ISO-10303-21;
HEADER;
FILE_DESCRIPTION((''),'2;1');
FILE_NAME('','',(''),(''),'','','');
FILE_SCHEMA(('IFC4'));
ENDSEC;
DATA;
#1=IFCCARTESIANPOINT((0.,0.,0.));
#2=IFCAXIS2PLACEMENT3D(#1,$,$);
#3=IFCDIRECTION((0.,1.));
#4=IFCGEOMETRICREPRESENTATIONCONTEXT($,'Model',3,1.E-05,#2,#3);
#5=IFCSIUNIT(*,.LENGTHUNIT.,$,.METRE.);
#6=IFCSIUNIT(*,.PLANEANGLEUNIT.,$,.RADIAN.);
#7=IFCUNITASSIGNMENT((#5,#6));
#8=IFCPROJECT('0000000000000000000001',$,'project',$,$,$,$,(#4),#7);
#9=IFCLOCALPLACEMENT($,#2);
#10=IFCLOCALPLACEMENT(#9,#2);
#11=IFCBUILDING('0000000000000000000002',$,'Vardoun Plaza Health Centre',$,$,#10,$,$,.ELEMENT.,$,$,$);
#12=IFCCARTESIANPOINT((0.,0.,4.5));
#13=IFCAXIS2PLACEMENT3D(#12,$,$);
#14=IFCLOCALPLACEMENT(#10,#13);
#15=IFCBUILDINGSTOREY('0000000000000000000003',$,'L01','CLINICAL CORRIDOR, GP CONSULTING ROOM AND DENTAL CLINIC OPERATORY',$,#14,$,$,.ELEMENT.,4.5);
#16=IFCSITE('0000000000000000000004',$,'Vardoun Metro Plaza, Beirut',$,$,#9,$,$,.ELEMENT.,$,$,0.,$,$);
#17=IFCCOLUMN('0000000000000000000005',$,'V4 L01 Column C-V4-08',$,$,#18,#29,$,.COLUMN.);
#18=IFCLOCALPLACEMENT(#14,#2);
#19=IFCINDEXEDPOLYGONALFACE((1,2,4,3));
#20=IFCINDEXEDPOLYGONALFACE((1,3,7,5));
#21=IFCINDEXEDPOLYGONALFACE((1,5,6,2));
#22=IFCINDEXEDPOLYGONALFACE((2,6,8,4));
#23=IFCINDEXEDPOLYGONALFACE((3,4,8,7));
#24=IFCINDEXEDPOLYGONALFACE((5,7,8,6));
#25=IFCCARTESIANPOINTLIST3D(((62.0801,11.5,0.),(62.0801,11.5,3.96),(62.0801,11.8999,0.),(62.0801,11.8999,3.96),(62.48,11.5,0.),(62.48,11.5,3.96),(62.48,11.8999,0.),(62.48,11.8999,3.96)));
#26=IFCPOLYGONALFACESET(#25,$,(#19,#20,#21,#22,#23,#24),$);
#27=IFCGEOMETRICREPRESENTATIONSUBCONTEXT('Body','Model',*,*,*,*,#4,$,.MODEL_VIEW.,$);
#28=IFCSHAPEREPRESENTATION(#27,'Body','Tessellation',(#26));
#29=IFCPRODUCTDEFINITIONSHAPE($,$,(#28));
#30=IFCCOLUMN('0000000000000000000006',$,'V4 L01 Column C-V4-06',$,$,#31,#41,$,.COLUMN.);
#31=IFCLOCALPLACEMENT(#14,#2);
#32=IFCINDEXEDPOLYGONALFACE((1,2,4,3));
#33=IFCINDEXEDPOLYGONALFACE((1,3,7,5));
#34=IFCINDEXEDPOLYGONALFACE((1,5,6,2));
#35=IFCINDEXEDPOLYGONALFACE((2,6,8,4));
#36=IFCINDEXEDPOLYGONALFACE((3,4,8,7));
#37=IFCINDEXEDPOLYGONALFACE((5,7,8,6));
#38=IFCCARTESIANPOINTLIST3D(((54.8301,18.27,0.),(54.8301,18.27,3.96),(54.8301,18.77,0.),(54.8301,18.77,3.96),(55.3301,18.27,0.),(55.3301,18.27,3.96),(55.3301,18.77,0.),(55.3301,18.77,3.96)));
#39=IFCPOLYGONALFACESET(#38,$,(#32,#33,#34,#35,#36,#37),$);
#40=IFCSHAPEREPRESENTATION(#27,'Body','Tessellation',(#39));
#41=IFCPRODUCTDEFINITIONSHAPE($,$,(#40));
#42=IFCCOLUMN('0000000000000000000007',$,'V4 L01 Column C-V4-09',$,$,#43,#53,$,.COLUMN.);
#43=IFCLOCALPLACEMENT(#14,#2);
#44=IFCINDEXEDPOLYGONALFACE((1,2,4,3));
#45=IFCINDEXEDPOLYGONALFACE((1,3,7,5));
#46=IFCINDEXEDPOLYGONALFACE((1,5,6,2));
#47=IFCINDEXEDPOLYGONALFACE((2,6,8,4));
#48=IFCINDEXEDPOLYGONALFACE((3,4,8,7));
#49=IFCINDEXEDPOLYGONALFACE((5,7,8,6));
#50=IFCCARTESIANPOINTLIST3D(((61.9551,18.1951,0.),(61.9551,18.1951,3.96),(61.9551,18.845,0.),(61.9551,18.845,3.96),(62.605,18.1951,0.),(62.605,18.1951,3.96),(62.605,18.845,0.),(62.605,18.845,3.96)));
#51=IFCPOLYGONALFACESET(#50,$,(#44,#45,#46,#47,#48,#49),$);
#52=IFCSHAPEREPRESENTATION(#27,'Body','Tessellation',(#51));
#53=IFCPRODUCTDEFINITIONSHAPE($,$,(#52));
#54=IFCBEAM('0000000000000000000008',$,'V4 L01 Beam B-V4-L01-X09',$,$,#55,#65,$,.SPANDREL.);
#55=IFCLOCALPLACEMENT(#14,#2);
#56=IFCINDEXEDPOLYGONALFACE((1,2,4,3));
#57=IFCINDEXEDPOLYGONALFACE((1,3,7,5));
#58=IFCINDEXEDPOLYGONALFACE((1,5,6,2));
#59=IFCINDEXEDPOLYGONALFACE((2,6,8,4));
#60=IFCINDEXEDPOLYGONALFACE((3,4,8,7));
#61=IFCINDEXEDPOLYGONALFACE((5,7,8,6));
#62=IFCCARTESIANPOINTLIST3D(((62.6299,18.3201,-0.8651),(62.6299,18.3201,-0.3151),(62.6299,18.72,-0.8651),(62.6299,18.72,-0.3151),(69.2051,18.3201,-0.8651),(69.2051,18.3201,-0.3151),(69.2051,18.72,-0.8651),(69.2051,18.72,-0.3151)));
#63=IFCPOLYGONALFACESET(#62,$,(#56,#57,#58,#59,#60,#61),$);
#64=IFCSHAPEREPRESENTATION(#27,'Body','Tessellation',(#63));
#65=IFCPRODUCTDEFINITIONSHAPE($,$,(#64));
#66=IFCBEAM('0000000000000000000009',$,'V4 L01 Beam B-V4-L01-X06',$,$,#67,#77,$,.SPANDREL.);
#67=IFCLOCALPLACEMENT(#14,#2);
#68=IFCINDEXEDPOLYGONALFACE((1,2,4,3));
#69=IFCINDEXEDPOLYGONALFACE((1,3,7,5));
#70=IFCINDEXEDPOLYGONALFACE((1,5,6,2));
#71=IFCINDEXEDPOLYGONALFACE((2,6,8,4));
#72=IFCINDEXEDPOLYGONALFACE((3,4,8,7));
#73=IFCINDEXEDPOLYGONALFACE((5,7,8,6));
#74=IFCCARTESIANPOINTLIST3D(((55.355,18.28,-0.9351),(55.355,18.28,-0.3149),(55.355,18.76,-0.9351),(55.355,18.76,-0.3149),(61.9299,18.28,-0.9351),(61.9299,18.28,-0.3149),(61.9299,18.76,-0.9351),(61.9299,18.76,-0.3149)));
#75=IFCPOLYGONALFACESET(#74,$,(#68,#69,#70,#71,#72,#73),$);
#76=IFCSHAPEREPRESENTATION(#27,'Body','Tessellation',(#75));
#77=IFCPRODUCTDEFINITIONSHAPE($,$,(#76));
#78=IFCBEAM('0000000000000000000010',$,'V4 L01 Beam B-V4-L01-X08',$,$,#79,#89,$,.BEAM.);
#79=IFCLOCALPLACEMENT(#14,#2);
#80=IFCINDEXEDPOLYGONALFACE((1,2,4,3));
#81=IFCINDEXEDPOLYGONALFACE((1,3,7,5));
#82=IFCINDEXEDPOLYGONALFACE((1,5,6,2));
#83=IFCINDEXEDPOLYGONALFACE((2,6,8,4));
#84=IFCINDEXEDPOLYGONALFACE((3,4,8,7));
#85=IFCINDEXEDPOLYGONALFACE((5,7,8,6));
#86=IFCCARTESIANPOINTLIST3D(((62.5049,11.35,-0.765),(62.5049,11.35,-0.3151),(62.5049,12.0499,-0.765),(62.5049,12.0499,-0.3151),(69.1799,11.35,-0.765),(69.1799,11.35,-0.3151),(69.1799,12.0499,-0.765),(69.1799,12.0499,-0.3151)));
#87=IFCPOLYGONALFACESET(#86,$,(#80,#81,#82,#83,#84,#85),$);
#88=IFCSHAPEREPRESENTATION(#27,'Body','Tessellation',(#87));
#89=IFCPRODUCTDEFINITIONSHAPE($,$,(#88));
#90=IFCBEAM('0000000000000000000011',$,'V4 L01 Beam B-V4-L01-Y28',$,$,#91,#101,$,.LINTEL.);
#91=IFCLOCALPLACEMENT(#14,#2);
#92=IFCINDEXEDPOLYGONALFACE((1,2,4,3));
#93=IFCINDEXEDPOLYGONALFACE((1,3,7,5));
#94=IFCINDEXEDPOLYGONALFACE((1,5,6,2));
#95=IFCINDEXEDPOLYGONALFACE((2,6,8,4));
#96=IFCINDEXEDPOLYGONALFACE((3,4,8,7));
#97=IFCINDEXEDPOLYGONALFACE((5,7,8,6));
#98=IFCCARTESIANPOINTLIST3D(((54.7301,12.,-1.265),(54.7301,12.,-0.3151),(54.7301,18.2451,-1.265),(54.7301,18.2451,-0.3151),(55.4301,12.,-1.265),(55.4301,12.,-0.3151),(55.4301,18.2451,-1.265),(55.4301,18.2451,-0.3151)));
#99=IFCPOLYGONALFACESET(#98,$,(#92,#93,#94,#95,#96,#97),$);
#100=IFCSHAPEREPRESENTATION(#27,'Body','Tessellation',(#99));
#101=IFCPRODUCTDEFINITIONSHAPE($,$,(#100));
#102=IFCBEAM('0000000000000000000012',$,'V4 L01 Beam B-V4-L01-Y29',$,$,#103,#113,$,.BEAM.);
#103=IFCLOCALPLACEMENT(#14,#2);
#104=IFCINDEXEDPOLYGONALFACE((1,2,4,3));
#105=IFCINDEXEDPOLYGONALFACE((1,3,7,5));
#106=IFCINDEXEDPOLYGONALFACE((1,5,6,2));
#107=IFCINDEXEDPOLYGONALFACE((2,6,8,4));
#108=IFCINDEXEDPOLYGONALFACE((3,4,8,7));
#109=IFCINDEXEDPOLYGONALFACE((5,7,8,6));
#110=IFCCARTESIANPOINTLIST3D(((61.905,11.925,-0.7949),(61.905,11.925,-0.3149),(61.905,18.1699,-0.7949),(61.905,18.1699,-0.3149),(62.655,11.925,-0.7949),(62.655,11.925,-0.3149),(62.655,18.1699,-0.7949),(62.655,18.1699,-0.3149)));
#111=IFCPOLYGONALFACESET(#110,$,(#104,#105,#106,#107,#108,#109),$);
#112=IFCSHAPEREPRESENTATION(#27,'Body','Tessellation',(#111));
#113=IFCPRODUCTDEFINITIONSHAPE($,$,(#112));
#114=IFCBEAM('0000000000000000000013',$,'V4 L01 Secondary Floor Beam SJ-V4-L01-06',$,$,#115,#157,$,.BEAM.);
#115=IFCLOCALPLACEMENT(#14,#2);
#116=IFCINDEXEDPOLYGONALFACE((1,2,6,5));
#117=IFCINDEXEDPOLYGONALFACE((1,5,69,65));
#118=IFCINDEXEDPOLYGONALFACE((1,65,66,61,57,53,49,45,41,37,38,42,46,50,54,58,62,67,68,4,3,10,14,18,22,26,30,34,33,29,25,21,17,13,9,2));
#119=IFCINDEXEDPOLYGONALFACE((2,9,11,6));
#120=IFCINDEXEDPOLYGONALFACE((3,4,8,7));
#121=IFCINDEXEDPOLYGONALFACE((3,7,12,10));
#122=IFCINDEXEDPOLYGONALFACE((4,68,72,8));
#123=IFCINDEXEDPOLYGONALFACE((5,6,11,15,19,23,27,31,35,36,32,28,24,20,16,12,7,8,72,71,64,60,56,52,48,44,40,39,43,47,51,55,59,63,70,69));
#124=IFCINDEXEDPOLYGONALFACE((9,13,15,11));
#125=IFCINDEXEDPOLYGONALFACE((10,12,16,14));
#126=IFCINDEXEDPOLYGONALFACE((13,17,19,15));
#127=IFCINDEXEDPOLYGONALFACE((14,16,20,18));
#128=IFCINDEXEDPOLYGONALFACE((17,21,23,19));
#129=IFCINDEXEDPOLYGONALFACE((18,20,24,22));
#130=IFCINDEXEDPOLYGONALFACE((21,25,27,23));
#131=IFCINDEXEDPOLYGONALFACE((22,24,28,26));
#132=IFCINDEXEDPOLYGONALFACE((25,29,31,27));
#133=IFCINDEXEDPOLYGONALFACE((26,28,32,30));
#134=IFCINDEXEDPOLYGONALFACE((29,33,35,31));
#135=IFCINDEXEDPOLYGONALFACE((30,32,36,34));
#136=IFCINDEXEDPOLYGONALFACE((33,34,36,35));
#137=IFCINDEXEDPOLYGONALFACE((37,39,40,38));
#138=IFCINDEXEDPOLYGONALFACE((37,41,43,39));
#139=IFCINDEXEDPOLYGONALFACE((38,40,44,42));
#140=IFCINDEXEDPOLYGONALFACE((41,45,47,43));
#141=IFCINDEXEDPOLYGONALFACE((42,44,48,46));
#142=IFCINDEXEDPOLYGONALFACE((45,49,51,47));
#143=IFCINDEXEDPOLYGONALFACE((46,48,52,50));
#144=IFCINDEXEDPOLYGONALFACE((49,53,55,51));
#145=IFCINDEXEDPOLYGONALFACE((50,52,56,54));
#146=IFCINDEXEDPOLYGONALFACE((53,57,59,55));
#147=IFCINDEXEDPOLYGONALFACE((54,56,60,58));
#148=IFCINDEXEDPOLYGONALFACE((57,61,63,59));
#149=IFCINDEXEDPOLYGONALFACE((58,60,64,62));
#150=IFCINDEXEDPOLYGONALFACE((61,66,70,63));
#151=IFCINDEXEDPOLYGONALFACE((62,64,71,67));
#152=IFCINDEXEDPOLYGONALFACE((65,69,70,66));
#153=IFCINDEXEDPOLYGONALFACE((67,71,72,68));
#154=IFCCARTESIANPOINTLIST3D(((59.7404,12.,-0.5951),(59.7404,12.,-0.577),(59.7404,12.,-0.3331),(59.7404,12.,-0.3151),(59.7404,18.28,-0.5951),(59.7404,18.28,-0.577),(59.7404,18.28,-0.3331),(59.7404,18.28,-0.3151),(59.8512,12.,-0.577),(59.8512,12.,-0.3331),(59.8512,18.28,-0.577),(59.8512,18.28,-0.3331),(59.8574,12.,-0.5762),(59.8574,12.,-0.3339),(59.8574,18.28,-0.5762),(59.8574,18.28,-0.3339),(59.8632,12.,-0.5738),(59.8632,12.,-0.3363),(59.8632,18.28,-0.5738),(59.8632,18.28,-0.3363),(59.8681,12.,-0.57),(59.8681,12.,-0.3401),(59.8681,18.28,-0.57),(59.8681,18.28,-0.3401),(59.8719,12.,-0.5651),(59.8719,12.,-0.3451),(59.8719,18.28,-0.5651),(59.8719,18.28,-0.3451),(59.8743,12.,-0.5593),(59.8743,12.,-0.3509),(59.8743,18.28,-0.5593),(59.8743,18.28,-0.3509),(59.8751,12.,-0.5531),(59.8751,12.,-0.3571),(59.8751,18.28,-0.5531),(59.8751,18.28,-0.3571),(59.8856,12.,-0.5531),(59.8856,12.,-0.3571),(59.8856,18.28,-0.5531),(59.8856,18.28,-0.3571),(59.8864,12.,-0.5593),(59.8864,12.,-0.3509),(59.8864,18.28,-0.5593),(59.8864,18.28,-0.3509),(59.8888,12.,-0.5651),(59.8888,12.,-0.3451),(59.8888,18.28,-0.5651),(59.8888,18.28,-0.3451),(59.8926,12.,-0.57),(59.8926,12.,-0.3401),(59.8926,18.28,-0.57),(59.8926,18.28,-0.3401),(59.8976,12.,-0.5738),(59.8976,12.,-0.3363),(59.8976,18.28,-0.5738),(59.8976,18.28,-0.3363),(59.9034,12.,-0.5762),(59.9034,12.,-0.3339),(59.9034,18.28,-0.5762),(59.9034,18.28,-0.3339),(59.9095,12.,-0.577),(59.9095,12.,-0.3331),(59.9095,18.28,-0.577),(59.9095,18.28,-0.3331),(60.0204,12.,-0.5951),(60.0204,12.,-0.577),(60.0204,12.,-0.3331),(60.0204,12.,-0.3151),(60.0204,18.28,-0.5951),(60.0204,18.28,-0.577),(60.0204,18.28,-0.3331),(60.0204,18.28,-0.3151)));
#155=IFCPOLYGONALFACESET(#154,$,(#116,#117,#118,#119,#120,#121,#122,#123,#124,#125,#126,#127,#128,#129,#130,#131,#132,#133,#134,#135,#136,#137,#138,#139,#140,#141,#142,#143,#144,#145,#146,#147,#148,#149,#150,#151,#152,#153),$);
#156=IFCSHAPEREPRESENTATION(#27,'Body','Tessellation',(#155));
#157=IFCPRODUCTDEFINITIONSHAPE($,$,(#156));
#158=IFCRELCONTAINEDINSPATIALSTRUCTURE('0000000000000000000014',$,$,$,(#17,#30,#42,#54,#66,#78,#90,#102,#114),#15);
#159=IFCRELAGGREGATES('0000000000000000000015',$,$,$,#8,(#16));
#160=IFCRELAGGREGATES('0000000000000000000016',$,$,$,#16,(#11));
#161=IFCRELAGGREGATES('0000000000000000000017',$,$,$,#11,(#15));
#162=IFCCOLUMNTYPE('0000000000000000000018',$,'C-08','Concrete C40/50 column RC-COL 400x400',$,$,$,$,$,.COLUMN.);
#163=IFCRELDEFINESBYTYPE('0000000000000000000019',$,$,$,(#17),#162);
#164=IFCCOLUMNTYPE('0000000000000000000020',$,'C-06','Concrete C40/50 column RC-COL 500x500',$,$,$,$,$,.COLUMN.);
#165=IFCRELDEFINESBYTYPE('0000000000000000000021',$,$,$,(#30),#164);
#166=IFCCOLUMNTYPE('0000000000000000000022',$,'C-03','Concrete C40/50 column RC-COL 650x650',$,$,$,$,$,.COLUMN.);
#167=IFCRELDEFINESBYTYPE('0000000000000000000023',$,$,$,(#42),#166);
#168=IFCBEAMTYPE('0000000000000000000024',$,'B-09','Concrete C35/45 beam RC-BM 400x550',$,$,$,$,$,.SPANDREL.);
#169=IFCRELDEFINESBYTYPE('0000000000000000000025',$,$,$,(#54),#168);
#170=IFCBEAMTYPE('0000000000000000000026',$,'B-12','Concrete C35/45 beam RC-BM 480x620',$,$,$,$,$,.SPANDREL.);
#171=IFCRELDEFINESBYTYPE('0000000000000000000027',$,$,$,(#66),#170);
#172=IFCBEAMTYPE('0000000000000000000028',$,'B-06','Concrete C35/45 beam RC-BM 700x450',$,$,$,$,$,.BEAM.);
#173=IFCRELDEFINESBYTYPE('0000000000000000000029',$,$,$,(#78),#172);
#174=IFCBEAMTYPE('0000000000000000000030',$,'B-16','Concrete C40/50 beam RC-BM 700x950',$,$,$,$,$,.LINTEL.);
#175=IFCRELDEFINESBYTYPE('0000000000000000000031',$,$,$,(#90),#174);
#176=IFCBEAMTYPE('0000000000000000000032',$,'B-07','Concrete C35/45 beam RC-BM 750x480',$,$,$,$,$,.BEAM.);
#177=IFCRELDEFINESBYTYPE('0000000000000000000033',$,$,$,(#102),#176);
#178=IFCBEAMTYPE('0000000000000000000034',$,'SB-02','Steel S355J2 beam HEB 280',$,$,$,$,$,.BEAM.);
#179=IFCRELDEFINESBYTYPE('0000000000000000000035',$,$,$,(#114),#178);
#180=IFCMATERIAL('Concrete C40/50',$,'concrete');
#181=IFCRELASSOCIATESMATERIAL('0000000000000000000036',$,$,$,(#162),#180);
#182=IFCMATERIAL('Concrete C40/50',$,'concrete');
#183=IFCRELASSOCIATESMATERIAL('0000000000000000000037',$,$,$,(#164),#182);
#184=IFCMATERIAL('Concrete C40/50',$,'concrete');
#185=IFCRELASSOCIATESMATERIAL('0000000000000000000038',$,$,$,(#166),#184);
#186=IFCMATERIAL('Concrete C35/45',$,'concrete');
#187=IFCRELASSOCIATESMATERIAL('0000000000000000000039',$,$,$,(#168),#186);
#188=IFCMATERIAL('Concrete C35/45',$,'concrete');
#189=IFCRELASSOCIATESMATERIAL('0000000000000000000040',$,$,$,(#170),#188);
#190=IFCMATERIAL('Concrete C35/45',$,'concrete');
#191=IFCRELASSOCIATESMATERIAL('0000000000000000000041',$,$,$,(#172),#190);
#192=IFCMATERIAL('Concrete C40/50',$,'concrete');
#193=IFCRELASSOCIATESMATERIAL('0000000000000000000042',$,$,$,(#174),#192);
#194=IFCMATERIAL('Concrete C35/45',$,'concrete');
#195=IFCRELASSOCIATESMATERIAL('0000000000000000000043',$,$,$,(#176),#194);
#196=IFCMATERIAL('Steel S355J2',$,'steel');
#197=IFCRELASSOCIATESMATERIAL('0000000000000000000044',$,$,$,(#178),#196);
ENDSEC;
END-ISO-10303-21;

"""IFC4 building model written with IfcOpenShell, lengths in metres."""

from ifc_helpers import new_model, si_unit, direction, frame, origin, origin_2d, place, context, subcontext, project, spatial, rectangle, i_section, extrude, material, material_profile, profile_set, type_object, element, save


model = new_model("IFC4")

# Units and contexts
model_context = context("Model", 3, precision=1e-05, world=origin(), true_north=direction((0.0, 1.0)))
body_context = subcontext(model_context, "Body", "Model", "MODEL_VIEW")
ifc_project = project(units=[si_unit("LENGTHUNIT", "METRE"), si_unit("PLANEANGLEUNIT", "RADIAN")], contexts=[model_context])

# Site, building, storey
site_placement = place(None, origin())
site = spatial("IfcSite", under=ifc_project, at=site_placement, Name="Vardoun Metro Plaza, Beirut", CompositionType="ELEMENT", RefElevation=0.0)
building_placement = place(site_placement, origin())
building = spatial("IfcBuilding", under=site, at=building_placement, Name="Vardoun Plaza Health Centre", CompositionType="ELEMENT")
storey_placement = place(building_placement, frame((0.0, 0.0, 4.5)))
storey = spatial("IfcBuildingStorey", under=building, at=storey_placement, Name="L01", Description="CLINICAL CORRIDOR, GP CONSULTING ROOM AND DENTAL CLINIC OPERATORY", CompositionType="ELEMENT", Elevation=4.5)

# Columns
ifc_material_1 = material(Name="Concrete C40/50", Category="concrete")
ifc_material_profile_1 = material_profile(ifc_material_1, rectangle(XDim=0.3999, YDim=0.3999, at=origin_2d()), Name="RC-COL 400x400")
ifc_profile_set_1 = profile_set([ifc_material_profile_1], Name="Concrete C40/50")
column_type_1 = type_object("IfcColumnType", Name="C-08", Description="Concrete C40/50 column RC-COL 400x400", PredefinedType="COLUMN", material=ifc_profile_set_1)
column_1_placement = place(storey_placement, frame((62.28, 11.7, 0.0), z_axis=(0.0, 0.0, 1.0), x_axis=(1.0, 0.0, 0.0)))
element("IfcColumn", 1, at=column_1_placement, inside=storey, type_object=column_type_1, Name="V4 L01 Column C-V4-08", PredefinedType="COLUMN", context=body_context, shape_type="SweptSolid", body=[
    extrude(rectangle(XDim=0.3999, YDim=0.3999, at=origin_2d()), origin(), (0.0, 0.0, 1.0), 3.96),
])
ifc_material_2 = material(Name="Concrete C40/50", Category="concrete")
ifc_material_profile_2 = material_profile(ifc_material_2, rectangle(XDim=0.5, YDim=0.5, at=origin_2d()), Name="RC-COL 500x500")
ifc_profile_set_2 = profile_set([ifc_material_profile_2], Name="Concrete C40/50")
column_type_2 = type_object("IfcColumnType", Name="C-06", Description="Concrete C40/50 column RC-COL 500x500", PredefinedType="COLUMN", material=ifc_profile_set_2)
column_2_placement = place(storey_placement, frame((55.0801, 18.52, 0.0), z_axis=(0.0, 0.0, 1.0), x_axis=(1.0, 0.0, 0.0)))
element("IfcColumn", 2, at=column_2_placement, inside=storey, type_object=column_type_2, Name="V4 L01 Column C-V4-06", PredefinedType="COLUMN", context=body_context, shape_type="SweptSolid", body=[
    extrude(rectangle(XDim=0.5, YDim=0.5, at=origin_2d()), origin(), (0.0, 0.0, 1.0), 3.96),
])
ifc_material_3 = material(Name="Concrete C40/50", Category="concrete")
ifc_material_profile_3 = material_profile(ifc_material_3, rectangle(XDim=0.6499, YDim=0.6499, at=origin_2d()), Name="RC-COL 650x650")
ifc_profile_set_3 = profile_set([ifc_material_profile_3], Name="Concrete C40/50")
column_type_3 = type_object("IfcColumnType", Name="C-03", Description="Concrete C40/50 column RC-COL 650x650", PredefinedType="COLUMN", material=ifc_profile_set_3)
column_3_placement = place(storey_placement, frame((62.28, 18.52, 0.0), z_axis=(0.0, 0.0, 1.0), x_axis=(1.0, 0.0, 0.0)))
element("IfcColumn", 3, at=column_3_placement, inside=storey, type_object=column_type_3, Name="V4 L01 Column C-V4-09", PredefinedType="COLUMN", context=body_context, shape_type="SweptSolid", body=[
    extrude(rectangle(XDim=0.6499, YDim=0.6499, at=origin_2d()), origin(), (0.0, 0.0, 1.0), 3.96),
])

# Beams
ifc_material_4 = material(Name="Concrete C35/45", Category="concrete")
ifc_material_profile_4 = material_profile(ifc_material_4, rectangle(XDim=0.3999, YDim=0.55, at=origin_2d()), Name="RC-BM 400x550")
ifc_profile_set_4 = profile_set([ifc_material_profile_4], Name="Concrete C35/45")
beam_type_1 = type_object("IfcBeamType", Name="B-09", Description="Concrete C35/45 beam RC-BM 400x550", PredefinedType="SPANDREL", material=ifc_profile_set_4)
beam_1_placement = place(storey_placement, frame((62.6299, 18.52, -0.5901), z_axis=(1.0, 0.0, 0.0), x_axis=(0.0, 1.0, 0.0)))
element("IfcBeam", 4, at=beam_1_placement, inside=storey, type_object=beam_type_1, Name="V4 L01 Beam B-V4-L01-X09", PredefinedType="SPANDREL", context=body_context, shape_type="SweptSolid", body=[
    extrude(rectangle(XDim=0.3999, YDim=0.55, at=origin_2d()), origin(), (0.0, 0.0, 1.0), 6.5752),
])
ifc_material_5 = material(Name="Concrete C35/45", Category="concrete")
ifc_material_profile_5 = material_profile(ifc_material_5, rectangle(XDim=0.48, YDim=0.6201, at=origin_2d()), Name="RC-BM 480x620")
ifc_profile_set_5 = profile_set([ifc_material_profile_5], Name="Concrete C35/45")
beam_type_2 = type_object("IfcBeamType", Name="B-12", Description="Concrete C35/45 beam RC-BM 480x620", PredefinedType="SPANDREL", material=ifc_profile_set_5)
beam_2_placement = place(storey_placement, frame((55.355, 18.52, -0.625), z_axis=(1.0, 0.0, 0.0), x_axis=(0.0, 1.0, 0.0)))
element("IfcBeam", 5, at=beam_2_placement, inside=storey, type_object=beam_type_2, Name="V4 L01 Beam B-V4-L01-X06", PredefinedType="SPANDREL", context=body_context, shape_type="SweptSolid", body=[
    extrude(rectangle(XDim=0.48, YDim=0.6201, at=origin_2d()), origin(), (0.0, 0.0, 1.0), 6.575),
])
ifc_material_6 = material(Name="Concrete C35/45", Category="concrete")
ifc_material_profile_6 = material_profile(ifc_material_6, rectangle(XDim=0.7, YDim=0.45, at=origin_2d()), Name="RC-BM 700x450")
ifc_profile_set_6 = profile_set([ifc_material_profile_6], Name="Concrete C35/45")
beam_type_3 = type_object("IfcBeamType", Name="B-06", Description="Concrete C35/45 beam RC-BM 700x450", PredefinedType="BEAM", material=ifc_profile_set_6)
beam_3_placement = place(storey_placement, frame((62.5049, 11.7, -0.54), z_axis=(1.0, 0.0, 0.0), x_axis=(0.0, 1.0, 0.0)))
element("IfcBeam", 6, at=beam_3_placement, inside=storey, type_object=beam_type_3, Name="V4 L01 Beam B-V4-L01-X08", PredefinedType="BEAM", context=body_context, shape_type="SweptSolid", body=[
    extrude(rectangle(XDim=0.7, YDim=0.45, at=origin_2d()), origin(), (0.0, 0.0, 1.0), 6.675),
])
ifc_material_7 = material(Name="Concrete C40/50", Category="concrete")
ifc_material_profile_7 = material_profile(ifc_material_7, rectangle(XDim=0.7, YDim=0.95, at=origin_2d()), Name="RC-BM 700x950")
ifc_profile_set_7 = profile_set([ifc_material_profile_7], Name="Concrete C40/50")
beam_type_4 = type_object("IfcBeamType", Name="B-16", Description="Concrete C40/50 beam RC-BM 700x950", PredefinedType="LINTEL", material=ifc_profile_set_7)
beam_4_placement = place(storey_placement, frame((55.0801, 12.0, -0.79), z_axis=(0.0, 1.0, 0.0), x_axis=(-1.0, 0.0, 0.0)))
element("IfcBeam", 7, at=beam_4_placement, inside=storey, type_object=beam_type_4, Name="V4 L01 Beam B-V4-L01-Y28", PredefinedType="LINTEL", context=body_context, shape_type="SweptSolid", body=[
    extrude(rectangle(XDim=0.7, YDim=0.95, at=origin_2d()), origin(), (0.0, 0.0, 1.0), 6.2451),
])
ifc_material_8 = material(Name="Concrete C35/45", Category="concrete")
ifc_material_profile_8 = material_profile(ifc_material_8, rectangle(XDim=0.75, YDim=0.48, at=origin_2d()), Name="RC-BM 750x480")
ifc_profile_set_8 = profile_set([ifc_material_profile_8], Name="Concrete C35/45")
beam_type_5 = type_object("IfcBeamType", Name="B-07", Description="Concrete C35/45 beam RC-BM 750x480", PredefinedType="BEAM", material=ifc_profile_set_8)
beam_5_placement = place(storey_placement, frame((62.28, 11.925, -0.5549), z_axis=(0.0, 1.0, 0.0), x_axis=(-1.0, 0.0, 0.0)))
element("IfcBeam", 8, at=beam_5_placement, inside=storey, type_object=beam_type_5, Name="V4 L01 Beam B-V4-L01-Y29", PredefinedType="BEAM", context=body_context, shape_type="SweptSolid", body=[
    extrude(rectangle(XDim=0.75, YDim=0.48, at=origin_2d()), origin(), (0.0, 0.0, 1.0), 6.2449),
])
ifc_material_9 = material(Name="Steel S355J2", Category="steel")
ifc_material_profile_9 = material_profile(ifc_material_9, i_section(OverallWidth=0.28, OverallDepth=0.28, WebThickness=0.0105, FlangeThickness=0.0181, FilletRadius=0.0239, at=origin_2d()), Name="HEB 280")
ifc_profile_set_9 = profile_set([ifc_material_profile_9], Name="Steel S355J2")
beam_type_6 = type_object("IfcBeamType", Name="SB-02", Description="Steel S355J2 beam HEB 280", PredefinedType="BEAM", material=ifc_profile_set_9)
beam_6_placement = place(storey_placement, frame((59.8804, 12.0, -0.4551), z_axis=(0.0, 1.0, 0.0), x_axis=(-1.0, 0.0, 0.0)))
element("IfcBeam", 9, at=beam_6_placement, inside=storey, type_object=beam_type_6, Name="V4 L01 Secondary Floor Beam SJ-V4-L01-06", PredefinedType="BEAM", context=body_context, shape_type="SweptSolid", body=[
    extrude(i_section(OverallWidth=0.28, OverallDepth=0.28, WebThickness=0.0105, FlangeThickness=0.0181, FilletRadius=0.0239, at=origin_2d()), origin(), (0.0, 0.0, 1.0), 6.28),
])

save(model, "model.ifc")
